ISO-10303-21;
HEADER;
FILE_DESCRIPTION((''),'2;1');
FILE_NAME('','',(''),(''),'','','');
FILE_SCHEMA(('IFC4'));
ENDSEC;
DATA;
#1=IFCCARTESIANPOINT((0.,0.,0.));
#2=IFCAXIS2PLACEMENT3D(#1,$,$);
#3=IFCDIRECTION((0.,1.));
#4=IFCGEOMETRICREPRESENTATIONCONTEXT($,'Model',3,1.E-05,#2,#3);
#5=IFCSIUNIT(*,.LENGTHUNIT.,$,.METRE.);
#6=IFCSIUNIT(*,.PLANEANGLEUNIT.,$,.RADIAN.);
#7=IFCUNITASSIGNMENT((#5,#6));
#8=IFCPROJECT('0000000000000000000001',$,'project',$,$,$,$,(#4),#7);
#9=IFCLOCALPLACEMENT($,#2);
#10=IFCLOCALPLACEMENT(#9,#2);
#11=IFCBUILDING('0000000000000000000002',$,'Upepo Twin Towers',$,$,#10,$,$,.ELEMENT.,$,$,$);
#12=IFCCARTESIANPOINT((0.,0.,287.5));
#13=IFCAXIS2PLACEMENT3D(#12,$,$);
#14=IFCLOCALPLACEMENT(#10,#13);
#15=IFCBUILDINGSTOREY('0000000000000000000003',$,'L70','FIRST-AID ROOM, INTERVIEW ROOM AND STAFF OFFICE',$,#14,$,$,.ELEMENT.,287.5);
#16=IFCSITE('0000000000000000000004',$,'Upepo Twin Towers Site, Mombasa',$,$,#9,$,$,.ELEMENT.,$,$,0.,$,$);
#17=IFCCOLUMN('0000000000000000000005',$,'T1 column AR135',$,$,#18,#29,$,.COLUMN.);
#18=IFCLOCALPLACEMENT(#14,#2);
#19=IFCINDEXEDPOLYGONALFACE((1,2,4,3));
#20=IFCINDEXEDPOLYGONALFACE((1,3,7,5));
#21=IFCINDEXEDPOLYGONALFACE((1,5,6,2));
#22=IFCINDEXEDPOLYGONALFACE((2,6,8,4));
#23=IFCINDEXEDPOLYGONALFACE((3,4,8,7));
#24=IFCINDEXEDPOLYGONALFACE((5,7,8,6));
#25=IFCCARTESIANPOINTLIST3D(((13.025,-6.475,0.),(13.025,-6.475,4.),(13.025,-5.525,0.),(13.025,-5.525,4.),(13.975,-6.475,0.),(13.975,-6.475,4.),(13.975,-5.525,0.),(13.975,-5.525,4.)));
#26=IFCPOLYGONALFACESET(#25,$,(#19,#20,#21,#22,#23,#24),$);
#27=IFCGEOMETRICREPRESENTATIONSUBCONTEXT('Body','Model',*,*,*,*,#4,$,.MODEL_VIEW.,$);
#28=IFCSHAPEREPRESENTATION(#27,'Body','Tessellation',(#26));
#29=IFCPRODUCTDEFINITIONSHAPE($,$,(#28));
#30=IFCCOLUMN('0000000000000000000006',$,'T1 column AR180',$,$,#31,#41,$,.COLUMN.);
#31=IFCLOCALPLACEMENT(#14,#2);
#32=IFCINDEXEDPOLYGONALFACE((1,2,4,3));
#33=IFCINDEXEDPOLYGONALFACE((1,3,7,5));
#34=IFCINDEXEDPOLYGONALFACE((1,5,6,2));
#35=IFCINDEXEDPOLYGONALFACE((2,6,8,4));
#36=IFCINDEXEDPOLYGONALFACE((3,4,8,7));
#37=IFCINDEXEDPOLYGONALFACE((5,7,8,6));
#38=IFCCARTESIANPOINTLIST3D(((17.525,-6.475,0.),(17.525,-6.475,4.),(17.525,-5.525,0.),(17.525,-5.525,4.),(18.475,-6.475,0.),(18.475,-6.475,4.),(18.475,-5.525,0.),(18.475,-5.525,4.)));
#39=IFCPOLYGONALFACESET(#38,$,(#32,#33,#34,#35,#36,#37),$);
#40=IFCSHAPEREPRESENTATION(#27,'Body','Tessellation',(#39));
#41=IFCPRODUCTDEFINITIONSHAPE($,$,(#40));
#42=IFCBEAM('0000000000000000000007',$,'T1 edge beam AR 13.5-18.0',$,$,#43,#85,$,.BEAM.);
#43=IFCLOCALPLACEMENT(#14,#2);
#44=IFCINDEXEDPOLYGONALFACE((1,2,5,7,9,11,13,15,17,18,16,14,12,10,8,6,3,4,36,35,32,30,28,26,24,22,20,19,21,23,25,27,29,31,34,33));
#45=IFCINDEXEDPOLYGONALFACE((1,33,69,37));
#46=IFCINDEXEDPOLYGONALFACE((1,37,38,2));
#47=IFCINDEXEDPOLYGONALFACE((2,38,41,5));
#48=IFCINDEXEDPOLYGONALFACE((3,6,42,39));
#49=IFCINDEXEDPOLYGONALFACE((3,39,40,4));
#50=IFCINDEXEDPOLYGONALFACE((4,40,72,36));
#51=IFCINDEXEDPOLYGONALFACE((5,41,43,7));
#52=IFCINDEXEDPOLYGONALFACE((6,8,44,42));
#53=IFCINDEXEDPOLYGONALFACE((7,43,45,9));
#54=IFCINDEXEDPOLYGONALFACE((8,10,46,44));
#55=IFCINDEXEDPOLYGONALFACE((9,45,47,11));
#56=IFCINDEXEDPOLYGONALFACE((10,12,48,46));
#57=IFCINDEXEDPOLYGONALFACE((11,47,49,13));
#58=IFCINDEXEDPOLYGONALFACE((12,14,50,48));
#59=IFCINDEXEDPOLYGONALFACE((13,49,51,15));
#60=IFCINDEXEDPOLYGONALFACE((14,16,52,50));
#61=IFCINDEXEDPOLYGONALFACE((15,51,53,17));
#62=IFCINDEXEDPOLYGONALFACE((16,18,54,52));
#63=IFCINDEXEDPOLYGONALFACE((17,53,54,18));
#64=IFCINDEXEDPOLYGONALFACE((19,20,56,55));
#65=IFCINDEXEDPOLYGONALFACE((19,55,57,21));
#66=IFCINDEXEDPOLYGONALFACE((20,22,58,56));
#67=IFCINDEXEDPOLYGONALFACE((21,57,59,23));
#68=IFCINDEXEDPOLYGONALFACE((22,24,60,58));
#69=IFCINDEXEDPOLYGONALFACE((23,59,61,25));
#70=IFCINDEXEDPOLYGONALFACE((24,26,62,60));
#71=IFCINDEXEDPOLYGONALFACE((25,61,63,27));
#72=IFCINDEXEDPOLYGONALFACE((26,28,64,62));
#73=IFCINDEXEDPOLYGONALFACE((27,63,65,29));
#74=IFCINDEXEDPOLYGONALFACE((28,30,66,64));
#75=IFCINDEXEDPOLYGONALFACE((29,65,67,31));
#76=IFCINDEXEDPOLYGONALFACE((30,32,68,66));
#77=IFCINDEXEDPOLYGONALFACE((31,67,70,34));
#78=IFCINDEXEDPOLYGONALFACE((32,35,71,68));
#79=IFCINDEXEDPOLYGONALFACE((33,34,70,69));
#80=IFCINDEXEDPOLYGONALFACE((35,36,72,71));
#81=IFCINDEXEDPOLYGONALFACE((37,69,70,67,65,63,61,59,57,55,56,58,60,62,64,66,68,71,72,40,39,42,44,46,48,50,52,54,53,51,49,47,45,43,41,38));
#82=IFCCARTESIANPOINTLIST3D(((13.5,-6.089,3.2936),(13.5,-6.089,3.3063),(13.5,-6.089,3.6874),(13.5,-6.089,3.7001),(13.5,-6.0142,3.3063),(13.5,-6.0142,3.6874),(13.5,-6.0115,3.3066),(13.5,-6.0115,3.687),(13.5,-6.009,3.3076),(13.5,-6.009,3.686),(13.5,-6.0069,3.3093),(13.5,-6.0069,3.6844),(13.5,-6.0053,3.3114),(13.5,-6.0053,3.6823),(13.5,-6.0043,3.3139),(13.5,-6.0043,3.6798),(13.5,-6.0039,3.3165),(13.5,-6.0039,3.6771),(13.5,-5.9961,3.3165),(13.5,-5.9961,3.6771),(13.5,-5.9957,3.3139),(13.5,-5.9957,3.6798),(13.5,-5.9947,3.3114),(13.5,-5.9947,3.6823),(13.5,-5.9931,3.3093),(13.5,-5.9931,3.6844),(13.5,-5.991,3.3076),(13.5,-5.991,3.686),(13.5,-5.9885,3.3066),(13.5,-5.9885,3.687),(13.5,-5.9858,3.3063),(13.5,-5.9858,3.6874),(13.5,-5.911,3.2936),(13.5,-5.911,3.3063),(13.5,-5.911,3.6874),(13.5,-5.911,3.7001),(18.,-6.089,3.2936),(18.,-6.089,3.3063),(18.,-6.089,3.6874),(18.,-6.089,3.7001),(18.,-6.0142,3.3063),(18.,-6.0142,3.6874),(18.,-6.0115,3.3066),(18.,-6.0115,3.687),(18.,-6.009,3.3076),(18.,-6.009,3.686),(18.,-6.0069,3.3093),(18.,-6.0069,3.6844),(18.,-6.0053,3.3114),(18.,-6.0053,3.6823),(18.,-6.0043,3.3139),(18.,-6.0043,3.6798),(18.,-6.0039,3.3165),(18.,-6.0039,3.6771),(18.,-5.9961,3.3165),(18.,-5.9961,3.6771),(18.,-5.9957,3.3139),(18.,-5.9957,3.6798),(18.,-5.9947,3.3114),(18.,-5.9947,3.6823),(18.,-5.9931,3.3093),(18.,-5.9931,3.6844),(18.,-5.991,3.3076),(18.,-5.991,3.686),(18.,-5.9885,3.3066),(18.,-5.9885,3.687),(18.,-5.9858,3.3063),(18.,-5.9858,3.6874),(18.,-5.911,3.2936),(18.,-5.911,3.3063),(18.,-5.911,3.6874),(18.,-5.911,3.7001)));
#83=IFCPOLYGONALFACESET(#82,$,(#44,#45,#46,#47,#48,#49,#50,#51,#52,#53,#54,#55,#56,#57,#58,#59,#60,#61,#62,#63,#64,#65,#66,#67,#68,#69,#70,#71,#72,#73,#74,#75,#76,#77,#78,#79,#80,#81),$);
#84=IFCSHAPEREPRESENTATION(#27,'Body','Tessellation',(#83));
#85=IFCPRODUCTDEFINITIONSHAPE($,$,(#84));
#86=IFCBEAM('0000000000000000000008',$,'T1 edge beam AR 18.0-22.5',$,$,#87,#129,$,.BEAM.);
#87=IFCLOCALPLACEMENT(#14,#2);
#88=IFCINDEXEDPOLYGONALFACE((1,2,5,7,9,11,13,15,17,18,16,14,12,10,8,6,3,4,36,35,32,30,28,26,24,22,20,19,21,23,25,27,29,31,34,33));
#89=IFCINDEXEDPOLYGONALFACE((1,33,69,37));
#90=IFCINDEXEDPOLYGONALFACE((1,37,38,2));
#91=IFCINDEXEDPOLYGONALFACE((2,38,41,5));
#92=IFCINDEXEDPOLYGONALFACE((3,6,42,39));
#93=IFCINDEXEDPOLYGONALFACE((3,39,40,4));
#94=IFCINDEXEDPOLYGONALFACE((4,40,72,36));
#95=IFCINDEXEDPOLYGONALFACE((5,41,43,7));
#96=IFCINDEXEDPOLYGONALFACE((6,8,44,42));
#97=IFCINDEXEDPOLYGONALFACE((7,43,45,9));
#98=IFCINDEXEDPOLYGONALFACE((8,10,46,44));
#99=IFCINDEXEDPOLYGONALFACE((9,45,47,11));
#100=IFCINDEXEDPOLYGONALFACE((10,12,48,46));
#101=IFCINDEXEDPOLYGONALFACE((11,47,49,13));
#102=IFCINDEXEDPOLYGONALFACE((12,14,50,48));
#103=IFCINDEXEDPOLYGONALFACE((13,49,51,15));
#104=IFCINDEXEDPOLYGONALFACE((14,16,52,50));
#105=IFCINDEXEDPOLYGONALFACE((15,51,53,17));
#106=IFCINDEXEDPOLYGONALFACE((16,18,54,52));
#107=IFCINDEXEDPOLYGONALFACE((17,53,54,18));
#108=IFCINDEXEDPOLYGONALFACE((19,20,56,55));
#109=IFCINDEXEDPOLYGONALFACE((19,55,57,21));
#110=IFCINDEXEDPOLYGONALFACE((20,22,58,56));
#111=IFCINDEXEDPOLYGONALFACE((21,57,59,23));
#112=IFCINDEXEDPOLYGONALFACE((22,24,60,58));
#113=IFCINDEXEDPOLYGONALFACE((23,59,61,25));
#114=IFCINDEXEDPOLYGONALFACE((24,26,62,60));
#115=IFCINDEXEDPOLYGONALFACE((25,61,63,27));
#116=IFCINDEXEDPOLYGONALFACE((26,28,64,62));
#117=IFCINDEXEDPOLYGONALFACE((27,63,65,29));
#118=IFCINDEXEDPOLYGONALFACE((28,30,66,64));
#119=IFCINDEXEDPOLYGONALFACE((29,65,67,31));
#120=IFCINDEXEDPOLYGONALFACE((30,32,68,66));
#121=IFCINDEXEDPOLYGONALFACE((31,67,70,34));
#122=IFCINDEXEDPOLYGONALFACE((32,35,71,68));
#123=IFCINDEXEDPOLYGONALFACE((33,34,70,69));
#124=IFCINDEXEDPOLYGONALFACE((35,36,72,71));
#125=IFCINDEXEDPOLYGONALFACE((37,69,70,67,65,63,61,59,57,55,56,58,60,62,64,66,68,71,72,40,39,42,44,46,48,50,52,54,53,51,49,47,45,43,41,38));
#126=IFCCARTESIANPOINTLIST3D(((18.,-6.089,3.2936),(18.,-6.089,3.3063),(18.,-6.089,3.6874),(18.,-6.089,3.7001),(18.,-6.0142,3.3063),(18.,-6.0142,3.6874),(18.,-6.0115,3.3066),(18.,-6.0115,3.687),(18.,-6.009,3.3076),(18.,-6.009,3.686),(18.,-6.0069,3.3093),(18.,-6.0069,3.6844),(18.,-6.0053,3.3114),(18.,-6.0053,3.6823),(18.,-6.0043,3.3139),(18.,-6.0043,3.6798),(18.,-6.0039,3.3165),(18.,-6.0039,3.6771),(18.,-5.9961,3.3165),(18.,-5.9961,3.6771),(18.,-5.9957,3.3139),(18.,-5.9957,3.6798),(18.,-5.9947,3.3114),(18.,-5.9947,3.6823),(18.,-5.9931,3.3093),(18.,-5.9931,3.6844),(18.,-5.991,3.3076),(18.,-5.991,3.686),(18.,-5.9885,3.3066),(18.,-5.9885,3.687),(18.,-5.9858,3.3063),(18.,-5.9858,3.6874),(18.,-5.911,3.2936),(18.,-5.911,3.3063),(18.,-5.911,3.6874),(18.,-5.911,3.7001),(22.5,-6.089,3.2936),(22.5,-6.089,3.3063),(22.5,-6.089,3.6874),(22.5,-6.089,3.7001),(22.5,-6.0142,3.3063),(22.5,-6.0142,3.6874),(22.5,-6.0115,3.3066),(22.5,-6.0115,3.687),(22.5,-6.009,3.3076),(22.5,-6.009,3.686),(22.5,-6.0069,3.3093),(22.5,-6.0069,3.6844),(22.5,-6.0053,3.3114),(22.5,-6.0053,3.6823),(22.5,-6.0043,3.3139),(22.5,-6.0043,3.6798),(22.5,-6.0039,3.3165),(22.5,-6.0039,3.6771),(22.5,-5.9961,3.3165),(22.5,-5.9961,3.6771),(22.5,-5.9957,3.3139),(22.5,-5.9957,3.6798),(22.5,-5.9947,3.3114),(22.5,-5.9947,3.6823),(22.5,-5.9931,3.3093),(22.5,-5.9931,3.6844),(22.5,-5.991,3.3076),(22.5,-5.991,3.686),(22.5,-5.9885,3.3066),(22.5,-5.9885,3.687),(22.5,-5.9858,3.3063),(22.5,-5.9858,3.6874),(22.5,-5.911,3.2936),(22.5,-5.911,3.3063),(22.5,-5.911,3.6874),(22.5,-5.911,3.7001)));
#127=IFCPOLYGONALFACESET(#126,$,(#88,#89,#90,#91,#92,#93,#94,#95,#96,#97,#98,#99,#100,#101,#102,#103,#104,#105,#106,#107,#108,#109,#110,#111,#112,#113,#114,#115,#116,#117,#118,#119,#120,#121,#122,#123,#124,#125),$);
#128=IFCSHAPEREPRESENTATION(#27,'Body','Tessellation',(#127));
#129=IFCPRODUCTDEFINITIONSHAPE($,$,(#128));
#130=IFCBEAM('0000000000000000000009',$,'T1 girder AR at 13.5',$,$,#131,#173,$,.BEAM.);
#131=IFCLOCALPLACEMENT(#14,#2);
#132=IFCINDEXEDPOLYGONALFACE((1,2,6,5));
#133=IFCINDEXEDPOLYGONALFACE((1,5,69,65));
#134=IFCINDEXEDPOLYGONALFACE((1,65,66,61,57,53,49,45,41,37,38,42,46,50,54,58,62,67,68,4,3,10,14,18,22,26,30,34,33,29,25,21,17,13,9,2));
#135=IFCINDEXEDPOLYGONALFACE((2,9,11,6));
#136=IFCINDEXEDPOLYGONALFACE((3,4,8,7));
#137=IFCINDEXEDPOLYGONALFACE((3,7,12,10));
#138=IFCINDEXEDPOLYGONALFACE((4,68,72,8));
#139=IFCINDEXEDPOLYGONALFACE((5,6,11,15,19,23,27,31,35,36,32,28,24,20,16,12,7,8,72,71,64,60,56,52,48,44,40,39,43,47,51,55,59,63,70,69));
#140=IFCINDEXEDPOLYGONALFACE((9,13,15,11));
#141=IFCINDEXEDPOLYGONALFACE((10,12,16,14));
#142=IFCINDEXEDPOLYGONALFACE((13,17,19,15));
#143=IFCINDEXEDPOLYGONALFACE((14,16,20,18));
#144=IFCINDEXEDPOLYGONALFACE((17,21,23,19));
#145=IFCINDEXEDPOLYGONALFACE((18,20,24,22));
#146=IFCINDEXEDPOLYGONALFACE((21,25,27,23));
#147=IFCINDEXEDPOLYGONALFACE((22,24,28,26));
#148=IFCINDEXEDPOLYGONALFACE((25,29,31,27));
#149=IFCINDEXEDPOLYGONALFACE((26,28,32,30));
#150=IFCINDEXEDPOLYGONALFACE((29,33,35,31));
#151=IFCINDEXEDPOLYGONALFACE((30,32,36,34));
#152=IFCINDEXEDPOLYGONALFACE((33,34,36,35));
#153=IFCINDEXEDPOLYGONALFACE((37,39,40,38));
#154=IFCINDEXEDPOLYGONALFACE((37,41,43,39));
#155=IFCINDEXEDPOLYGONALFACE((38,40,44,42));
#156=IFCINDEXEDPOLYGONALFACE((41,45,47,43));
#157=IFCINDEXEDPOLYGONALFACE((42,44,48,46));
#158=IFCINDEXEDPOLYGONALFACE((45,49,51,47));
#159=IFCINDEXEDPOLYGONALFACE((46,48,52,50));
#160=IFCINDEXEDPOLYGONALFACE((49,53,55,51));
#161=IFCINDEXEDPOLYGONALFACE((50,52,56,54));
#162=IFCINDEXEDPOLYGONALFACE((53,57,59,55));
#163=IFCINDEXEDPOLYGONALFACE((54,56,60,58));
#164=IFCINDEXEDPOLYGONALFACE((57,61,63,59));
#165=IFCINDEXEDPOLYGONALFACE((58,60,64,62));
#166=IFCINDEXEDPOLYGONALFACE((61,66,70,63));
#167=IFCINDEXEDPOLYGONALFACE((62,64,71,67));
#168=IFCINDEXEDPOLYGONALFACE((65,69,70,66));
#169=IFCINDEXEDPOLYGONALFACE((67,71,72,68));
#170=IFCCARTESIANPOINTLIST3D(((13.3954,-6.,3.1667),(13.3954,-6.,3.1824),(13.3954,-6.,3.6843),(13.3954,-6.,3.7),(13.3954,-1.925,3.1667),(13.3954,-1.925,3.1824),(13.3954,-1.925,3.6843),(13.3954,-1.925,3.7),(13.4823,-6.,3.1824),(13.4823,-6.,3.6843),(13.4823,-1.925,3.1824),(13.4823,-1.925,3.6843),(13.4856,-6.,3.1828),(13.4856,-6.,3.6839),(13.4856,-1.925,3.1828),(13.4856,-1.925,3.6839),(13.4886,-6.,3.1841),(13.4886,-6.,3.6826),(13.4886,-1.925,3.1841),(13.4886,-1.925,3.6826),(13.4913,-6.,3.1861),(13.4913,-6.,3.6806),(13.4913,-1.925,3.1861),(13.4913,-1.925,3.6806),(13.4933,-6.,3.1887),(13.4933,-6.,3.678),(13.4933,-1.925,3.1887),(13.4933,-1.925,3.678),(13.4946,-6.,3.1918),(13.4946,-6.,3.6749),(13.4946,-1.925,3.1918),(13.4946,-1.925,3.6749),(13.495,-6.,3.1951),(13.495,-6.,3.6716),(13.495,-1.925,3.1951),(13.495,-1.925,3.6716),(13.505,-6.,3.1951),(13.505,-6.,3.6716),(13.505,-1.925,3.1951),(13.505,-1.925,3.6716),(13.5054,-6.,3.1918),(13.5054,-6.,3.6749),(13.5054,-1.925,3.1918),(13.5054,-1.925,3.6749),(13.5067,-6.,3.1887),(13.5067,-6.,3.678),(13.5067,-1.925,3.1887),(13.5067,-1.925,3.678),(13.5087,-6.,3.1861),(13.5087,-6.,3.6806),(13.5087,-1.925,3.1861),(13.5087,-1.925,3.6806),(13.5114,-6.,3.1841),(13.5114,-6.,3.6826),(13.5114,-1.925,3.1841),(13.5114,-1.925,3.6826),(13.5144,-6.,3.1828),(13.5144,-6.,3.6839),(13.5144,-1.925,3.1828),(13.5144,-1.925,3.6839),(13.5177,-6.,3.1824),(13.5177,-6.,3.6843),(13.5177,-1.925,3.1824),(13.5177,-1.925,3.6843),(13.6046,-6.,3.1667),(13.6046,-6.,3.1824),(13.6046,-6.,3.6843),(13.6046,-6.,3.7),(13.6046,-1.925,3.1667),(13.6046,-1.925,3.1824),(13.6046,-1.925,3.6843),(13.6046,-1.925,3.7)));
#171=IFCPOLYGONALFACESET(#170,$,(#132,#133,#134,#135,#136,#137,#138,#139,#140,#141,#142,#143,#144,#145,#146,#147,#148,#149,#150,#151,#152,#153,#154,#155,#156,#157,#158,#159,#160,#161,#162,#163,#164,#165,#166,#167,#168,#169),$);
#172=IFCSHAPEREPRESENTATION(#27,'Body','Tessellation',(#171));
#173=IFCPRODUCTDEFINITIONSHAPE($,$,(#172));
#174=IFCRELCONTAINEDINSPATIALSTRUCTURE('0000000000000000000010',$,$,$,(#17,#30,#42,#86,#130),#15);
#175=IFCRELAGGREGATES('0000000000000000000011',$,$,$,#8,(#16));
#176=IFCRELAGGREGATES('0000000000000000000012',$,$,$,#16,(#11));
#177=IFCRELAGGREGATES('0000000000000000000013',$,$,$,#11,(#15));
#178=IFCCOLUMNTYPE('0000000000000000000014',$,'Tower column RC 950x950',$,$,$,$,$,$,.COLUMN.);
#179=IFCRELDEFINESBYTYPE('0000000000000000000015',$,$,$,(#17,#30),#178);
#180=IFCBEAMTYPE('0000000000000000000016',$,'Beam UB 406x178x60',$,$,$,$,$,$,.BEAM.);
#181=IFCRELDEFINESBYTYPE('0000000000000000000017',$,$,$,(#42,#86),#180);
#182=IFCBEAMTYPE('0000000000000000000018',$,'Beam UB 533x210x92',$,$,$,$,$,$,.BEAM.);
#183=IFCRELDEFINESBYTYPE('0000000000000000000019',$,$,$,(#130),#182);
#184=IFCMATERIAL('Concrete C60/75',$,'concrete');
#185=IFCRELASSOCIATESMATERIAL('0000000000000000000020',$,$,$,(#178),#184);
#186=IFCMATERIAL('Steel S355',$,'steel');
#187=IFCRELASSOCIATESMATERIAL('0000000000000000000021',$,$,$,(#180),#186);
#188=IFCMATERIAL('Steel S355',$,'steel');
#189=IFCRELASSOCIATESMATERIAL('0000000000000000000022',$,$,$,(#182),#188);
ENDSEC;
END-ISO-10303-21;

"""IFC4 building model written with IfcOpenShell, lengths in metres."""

from ifc_helpers import new_model, si_unit, direction, frame, origin, origin_2d, place, context, subcontext, project, spatial, rectangle, i_section, extrude, material, material_profile, profile_set, type_object, element, save


model = new_model("IFC4")

# Units and contexts
model_context = context("Model", 3, precision=1e-05, world=origin(), true_north=direction((0.0, 1.0)))
body_context = subcontext(model_context, "Body", "Model", "MODEL_VIEW")
ifc_project = project(units=[si_unit("LENGTHUNIT", "METRE"), si_unit("PLANEANGLEUNIT", "RADIAN")], contexts=[model_context])

# Site, building, storey
site_placement = place(None, origin())
site = spatial("IfcSite", under=ifc_project, at=site_placement, Name="Upepo Twin Towers Site, Mombasa", CompositionType="ELEMENT", RefElevation=0.0)
building_placement = place(site_placement, origin())
building = spatial("IfcBuilding", under=site, at=building_placement, Name="Upepo Twin Towers", CompositionType="ELEMENT")
storey_placement = place(building_placement, frame((0.0, 0.0, 287.5)))
storey = spatial("IfcBuildingStorey", under=building, at=storey_placement, Name="L70", Description="FIRST-AID ROOM, INTERVIEW ROOM AND STAFF OFFICE", CompositionType="ELEMENT", Elevation=287.5)

# Columns
ifc_material_1 = material(Name="Concrete C60/75", Category="concrete")
ifc_material_profile_1 = material_profile(ifc_material_1, rectangle(XDim=0.95, YDim=0.95, at=origin_2d()), Name="RC 950x950")
ifc_profile_set_1 = profile_set([ifc_material_profile_1], Name="Concrete C60/75")
column_type = type_object("IfcColumnType", Name="Tower column RC 950x950", PredefinedType="COLUMN", material=ifc_profile_set_1)
for number, where, z_axis, x_axis, name in (
    (1, (13.5, -6.0, 0.0), (0.0, 0.0, 1.0), (1.0, 0.0, 0.0), "T1 column AR135"),
    (2, (18.0, -6.0, 0.0), (0.0, 0.0, 1.0), (1.0, 0.0, 0.0), "T1 column AR180"),
):
    element("IfcColumn", number, at=place(storey_placement, frame(where, z_axis=z_axis, x_axis=x_axis)), inside=storey, type_object=column_type, Name=name, PredefinedType="COLUMN", context=body_context, shape_type="SweptSolid", body=[
        extrude(rectangle(XDim=0.95, YDim=0.95, at=origin_2d()), origin(), (0.0, 0.0, 1.0), 4.0),
    ])

# Beams
ifc_material_2 = material(Name="Steel S355", Category="steel")
ifc_material_profile_2 = material_profile(ifc_material_2, i_section(OverallWidth=0.178, OverallDepth=0.4065, WebThickness=0.0078, FlangeThickness=0.0127, FilletRadius=0.0103, at=origin_2d()), Name="UB 406x178x60")
ifc_profile_set_2 = profile_set([ifc_material_profile_2], Name="Steel S355")
beam_type_1 = type_object("IfcBeamType", Name="Beam UB 406x178x60", PredefinedType="BEAM", material=ifc_profile_set_2)
for number, where, z_axis, x_axis, name in (
    (3, (13.5, -6.0, 3.4968), (1.0, 0.0, 0.0), (0.0, 1.0, 0.0), "T1 edge beam AR 13.5-18.0"),
    (4, (18.0, -6.0, 3.4968), (1.0, 0.0, 0.0), (0.0, 1.0, 0.0), "T1 edge beam AR 18.0-22.5"),
):
    element("IfcBeam", number, at=place(storey_placement, frame(where, z_axis=z_axis, x_axis=x_axis)), inside=storey, type_object=beam_type_1, Name=name, PredefinedType="BEAM", context=body_context, shape_type="SweptSolid", body=[
        extrude(i_section(OverallWidth=0.178, OverallDepth=0.4065, WebThickness=0.0078, FlangeThickness=0.0127, FilletRadius=0.0103, at=origin_2d()), origin(), (0.0, 0.0, 1.0), 4.5),
    ])
ifc_material_3 = material(Name="Steel S355", Category="steel")
ifc_material_profile_3 = material_profile(ifc_material_3, i_section(OverallWidth=0.2092, OverallDepth=0.5332, WebThickness=0.01, FlangeThickness=0.0156, FilletRadius=0.0127, at=origin_2d()), Name="UB 533x210x92")
ifc_profile_set_3 = profile_set([ifc_material_profile_3], Name="Steel S355")
beam_type_2 = type_object("IfcBeamType", Name="Beam UB 533x210x92", PredefinedType="BEAM", material=ifc_profile_set_3)
for number, where, z_axis, x_axis, name in (
    (5, (13.5, -6.0, 3.4333), (0.0, 1.0, 0.0), (-1.0, 0.0, 0.0), "T1 girder AR at 13.5"),
):
    element("IfcBeam", number, at=place(storey_placement, frame(where, z_axis=z_axis, x_axis=x_axis)), inside=storey, type_object=beam_type_2, Name=name, PredefinedType="BEAM", context=body_context, shape_type="SweptSolid", body=[
        extrude(i_section(OverallWidth=0.2092, OverallDepth=0.5332, WebThickness=0.01, FlangeThickness=0.0156, FilletRadius=0.0127, at=origin_2d()), origin(), (0.0, 0.0, 1.0), 4.075),
    ])

save(model, "model.ifc")
